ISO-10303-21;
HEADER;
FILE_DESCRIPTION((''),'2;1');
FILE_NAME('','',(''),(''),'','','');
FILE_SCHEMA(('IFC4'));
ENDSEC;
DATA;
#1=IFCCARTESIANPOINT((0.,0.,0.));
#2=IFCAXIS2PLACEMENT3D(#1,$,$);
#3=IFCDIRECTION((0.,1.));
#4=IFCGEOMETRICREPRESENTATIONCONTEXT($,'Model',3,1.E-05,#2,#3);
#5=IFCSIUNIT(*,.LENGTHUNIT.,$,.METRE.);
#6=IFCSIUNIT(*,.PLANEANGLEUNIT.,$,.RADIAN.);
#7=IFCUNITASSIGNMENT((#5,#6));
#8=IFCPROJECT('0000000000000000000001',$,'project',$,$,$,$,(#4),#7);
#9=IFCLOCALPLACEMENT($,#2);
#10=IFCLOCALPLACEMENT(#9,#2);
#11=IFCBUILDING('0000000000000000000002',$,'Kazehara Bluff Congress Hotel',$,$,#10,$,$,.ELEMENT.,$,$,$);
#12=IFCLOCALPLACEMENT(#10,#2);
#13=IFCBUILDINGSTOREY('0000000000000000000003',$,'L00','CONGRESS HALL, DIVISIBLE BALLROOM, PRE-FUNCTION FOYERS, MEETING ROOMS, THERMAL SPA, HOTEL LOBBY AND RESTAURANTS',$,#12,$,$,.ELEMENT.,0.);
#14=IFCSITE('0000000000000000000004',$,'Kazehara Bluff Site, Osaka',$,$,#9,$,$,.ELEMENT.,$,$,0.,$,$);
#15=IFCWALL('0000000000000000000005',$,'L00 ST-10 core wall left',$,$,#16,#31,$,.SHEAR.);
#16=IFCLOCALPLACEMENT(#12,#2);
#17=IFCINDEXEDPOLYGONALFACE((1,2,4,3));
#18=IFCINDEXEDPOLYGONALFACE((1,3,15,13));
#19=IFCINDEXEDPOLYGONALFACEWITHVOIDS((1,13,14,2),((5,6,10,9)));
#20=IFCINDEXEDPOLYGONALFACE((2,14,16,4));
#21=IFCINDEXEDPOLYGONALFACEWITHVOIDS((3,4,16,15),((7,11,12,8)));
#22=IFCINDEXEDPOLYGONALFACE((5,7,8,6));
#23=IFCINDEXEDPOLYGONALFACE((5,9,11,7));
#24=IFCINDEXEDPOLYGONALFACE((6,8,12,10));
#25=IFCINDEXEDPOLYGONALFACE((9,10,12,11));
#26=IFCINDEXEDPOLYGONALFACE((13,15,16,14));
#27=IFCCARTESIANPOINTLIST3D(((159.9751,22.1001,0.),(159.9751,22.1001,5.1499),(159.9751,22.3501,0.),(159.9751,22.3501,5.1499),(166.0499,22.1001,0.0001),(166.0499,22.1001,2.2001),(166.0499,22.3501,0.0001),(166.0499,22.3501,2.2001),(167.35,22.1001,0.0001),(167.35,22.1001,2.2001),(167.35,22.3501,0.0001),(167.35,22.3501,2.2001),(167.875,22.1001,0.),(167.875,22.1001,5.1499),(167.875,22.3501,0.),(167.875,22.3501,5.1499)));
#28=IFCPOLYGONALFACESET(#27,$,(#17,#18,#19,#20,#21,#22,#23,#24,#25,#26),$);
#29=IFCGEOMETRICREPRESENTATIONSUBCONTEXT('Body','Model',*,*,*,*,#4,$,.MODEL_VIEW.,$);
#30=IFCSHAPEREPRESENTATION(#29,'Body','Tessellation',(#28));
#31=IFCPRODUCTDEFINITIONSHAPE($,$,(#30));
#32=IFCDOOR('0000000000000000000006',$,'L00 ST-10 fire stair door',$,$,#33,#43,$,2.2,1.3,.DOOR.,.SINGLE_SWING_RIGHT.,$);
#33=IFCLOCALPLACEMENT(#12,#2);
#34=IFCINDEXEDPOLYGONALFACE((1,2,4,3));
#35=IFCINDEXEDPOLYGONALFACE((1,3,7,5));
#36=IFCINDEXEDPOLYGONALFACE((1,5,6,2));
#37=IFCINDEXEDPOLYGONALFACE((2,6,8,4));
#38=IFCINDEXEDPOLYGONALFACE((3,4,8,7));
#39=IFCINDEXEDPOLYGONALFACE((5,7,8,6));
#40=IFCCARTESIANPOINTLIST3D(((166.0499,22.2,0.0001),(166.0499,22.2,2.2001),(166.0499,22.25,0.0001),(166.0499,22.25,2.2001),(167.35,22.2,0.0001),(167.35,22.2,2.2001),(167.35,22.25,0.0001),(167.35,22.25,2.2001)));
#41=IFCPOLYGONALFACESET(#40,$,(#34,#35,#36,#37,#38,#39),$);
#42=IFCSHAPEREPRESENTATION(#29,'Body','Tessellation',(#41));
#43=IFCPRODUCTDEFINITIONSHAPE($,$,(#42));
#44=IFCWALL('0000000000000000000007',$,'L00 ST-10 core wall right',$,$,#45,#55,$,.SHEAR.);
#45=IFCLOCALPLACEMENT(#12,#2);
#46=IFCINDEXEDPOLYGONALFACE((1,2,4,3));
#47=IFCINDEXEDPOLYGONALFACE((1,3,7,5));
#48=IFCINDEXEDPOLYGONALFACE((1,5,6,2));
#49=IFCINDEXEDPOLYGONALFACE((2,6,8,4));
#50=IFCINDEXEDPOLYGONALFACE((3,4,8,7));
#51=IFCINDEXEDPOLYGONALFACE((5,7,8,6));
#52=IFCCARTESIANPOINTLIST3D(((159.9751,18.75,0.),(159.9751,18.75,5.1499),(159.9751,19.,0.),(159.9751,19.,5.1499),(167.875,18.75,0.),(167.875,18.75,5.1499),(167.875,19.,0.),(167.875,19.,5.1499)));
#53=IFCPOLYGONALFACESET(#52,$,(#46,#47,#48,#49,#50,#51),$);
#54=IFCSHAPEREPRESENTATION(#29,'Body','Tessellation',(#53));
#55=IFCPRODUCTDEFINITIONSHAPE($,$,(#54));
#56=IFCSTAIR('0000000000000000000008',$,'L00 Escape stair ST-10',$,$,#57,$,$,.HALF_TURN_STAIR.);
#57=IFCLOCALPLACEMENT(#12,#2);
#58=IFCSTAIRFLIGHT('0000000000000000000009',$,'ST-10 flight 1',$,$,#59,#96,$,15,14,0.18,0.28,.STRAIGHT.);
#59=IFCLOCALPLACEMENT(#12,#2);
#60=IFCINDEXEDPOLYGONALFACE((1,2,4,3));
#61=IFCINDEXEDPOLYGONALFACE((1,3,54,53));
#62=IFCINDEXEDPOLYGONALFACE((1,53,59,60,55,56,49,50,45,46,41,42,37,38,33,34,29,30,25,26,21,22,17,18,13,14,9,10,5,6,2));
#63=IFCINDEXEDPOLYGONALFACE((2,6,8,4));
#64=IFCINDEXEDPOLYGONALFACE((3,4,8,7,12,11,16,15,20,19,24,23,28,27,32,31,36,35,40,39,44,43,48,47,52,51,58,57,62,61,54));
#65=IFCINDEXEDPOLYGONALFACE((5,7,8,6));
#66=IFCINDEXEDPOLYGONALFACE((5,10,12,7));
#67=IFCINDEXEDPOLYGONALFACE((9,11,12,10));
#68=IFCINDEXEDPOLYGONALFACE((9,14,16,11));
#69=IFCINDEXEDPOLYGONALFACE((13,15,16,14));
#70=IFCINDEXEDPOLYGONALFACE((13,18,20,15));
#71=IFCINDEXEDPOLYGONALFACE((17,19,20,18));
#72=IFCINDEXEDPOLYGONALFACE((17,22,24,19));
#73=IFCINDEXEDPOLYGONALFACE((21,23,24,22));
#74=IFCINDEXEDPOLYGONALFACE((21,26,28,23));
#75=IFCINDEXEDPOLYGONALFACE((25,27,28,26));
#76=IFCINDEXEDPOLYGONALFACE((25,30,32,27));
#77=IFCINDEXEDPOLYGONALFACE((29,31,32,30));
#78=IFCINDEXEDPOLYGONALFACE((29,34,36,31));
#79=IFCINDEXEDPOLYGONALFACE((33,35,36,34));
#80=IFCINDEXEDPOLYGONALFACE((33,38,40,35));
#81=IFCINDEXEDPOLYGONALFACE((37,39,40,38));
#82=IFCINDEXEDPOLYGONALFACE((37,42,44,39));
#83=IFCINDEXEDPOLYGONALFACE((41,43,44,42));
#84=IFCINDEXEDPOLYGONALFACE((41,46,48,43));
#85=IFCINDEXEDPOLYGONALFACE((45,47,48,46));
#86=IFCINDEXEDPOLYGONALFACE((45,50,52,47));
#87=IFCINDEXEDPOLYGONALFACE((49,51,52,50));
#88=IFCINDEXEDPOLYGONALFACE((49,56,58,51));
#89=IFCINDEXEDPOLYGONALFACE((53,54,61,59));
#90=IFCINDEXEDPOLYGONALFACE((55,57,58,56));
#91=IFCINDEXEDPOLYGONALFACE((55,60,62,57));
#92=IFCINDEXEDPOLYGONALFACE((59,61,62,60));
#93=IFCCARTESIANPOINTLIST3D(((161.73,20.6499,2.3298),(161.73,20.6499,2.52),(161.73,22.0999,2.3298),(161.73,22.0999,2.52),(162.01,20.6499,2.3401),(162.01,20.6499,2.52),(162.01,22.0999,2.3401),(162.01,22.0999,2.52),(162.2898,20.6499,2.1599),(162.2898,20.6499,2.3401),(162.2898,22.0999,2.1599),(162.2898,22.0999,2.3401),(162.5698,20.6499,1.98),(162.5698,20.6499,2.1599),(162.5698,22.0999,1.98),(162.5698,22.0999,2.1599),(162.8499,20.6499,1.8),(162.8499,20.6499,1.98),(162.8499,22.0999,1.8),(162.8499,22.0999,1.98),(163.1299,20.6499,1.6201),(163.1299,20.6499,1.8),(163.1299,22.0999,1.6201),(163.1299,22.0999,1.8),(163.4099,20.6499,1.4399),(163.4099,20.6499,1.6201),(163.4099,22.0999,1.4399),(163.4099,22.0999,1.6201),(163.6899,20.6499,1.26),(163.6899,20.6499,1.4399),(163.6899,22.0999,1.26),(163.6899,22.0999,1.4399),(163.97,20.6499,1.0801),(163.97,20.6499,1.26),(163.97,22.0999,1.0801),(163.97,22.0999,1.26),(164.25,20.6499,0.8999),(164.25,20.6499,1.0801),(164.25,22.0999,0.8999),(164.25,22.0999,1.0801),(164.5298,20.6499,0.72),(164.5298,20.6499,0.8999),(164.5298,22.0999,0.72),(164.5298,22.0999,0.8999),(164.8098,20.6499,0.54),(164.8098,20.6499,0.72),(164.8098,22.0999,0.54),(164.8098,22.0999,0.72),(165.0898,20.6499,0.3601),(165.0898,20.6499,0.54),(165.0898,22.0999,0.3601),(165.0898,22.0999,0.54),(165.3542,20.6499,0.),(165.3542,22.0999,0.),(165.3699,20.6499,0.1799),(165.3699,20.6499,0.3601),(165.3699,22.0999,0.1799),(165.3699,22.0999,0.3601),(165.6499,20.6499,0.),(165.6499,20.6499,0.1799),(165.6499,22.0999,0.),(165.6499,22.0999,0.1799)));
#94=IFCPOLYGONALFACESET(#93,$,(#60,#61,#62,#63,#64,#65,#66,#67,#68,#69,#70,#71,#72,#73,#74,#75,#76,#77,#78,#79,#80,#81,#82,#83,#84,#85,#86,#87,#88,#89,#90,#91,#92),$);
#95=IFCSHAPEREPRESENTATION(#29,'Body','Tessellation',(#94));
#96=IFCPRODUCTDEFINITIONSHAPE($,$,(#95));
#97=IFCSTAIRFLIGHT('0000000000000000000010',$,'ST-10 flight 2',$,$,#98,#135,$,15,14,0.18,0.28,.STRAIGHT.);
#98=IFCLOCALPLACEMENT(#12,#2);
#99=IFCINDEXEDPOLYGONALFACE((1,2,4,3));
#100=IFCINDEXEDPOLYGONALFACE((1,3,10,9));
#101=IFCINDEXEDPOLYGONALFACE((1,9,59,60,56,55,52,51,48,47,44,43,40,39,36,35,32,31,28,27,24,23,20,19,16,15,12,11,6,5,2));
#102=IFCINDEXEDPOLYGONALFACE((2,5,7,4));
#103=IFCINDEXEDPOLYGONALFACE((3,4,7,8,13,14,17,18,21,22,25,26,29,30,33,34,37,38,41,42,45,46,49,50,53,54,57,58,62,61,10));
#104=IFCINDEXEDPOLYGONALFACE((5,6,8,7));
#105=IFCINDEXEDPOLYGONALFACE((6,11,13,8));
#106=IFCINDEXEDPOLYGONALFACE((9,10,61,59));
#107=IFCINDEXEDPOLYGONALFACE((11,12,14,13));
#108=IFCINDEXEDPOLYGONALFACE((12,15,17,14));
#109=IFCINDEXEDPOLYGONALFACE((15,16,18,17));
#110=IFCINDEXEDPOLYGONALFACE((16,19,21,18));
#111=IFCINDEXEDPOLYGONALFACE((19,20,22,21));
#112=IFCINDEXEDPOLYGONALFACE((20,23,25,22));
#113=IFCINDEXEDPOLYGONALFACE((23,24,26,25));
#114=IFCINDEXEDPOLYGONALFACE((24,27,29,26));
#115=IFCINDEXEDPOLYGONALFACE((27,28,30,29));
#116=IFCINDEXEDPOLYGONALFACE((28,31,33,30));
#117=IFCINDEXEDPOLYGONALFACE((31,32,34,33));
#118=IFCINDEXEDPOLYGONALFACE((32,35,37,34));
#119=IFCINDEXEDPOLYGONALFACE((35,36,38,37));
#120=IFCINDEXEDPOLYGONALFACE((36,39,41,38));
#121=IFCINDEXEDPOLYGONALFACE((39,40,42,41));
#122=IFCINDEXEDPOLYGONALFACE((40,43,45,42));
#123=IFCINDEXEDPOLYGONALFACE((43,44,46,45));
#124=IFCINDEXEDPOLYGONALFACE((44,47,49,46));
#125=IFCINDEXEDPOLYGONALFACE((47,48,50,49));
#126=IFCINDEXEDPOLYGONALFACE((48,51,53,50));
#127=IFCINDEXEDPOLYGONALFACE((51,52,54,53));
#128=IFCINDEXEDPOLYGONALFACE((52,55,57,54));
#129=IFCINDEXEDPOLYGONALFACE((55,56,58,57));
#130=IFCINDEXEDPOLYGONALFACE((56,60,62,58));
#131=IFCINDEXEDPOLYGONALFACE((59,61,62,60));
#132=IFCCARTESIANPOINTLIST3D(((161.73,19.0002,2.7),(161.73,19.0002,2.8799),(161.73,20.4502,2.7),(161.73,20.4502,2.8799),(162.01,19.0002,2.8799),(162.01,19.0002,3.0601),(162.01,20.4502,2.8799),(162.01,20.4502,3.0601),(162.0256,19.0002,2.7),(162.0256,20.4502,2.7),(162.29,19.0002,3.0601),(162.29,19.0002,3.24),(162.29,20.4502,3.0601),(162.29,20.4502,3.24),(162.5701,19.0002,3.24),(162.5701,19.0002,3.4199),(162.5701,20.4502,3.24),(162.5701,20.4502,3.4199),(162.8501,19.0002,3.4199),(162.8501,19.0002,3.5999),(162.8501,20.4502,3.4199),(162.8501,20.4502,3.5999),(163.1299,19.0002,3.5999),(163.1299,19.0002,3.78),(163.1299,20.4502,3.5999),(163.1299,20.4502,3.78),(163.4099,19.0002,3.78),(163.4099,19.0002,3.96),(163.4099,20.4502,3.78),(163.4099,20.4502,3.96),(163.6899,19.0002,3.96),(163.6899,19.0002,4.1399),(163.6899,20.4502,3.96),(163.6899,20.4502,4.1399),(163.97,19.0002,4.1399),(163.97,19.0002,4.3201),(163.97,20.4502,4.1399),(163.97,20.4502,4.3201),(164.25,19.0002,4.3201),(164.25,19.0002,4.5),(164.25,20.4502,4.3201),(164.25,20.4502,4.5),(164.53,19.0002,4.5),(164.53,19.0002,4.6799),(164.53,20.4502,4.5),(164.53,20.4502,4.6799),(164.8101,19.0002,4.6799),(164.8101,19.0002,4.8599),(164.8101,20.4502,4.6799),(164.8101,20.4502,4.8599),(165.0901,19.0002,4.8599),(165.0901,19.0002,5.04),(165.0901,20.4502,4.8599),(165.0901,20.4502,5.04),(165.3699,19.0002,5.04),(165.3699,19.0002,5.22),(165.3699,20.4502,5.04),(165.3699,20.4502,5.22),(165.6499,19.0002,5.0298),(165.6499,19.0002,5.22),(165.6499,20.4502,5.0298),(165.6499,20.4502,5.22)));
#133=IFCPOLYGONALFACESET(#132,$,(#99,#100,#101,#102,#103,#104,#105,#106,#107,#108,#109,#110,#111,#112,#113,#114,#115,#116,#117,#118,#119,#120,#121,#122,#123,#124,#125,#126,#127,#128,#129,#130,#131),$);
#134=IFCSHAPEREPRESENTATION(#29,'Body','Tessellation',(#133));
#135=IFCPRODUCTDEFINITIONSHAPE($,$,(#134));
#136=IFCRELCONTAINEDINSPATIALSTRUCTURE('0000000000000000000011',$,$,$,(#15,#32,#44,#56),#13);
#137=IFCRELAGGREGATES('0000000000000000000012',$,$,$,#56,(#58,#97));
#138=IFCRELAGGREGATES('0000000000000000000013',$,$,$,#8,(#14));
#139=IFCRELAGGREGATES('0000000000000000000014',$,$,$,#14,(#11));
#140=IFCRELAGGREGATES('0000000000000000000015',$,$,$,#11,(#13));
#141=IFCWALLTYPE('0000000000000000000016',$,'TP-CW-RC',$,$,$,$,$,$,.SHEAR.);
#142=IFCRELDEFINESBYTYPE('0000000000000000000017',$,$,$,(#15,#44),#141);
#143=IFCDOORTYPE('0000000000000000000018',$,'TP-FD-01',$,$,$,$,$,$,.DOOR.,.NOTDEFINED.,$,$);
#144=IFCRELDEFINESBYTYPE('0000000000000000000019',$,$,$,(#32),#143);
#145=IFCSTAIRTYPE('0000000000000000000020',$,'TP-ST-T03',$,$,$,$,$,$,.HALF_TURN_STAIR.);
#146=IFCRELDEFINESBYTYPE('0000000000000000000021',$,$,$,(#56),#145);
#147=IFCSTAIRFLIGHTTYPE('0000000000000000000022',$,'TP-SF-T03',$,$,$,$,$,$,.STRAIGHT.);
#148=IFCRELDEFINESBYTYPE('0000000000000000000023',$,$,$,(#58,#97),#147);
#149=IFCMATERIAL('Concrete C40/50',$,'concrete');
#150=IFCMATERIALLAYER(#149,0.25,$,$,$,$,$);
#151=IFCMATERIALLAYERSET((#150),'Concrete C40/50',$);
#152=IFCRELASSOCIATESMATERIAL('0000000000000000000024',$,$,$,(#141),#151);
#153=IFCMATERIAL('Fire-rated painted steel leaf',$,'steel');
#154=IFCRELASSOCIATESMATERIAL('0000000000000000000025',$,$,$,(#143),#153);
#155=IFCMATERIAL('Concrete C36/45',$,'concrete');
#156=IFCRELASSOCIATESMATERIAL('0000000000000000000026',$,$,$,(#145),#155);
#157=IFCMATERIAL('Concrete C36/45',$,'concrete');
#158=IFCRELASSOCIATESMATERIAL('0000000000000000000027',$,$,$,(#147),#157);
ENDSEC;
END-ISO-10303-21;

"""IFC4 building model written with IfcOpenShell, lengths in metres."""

from ifc_helpers import new_model, si_unit, direction, frame, frame_2d, origin, place, context, subcontext, project, spatial, polyline, rectangle, outline, extrude, material, layer, layer_set, type_object, element, fill, aggregate, save


model = new_model("IFC4")

# Units and contexts
model_context = context("Model", 3, precision=1e-05, world=origin(), true_north=direction((0.0, 1.0)))
body_context = subcontext(model_context, "Body", "Model", "MODEL_VIEW")
ifc_project = project(units=[si_unit("LENGTHUNIT", "METRE"), si_unit("PLANEANGLEUNIT", "RADIAN")], contexts=[model_context])

# Site, building, storey
site_placement = place(None, origin())
site = spatial("IfcSite", under=ifc_project, at=site_placement, Name="Kazehara Bluff Site, Osaka", CompositionType="ELEMENT", RefElevation=0.0)
building_placement = place(site_placement, origin())
building = spatial("IfcBuilding", under=site, at=building_placement, Name="Kazehara Bluff Congress Hotel", CompositionType="ELEMENT")
storey_placement = place(building_placement, origin())
storey = spatial("IfcBuildingStorey", under=building, at=storey_placement, Name="L00", Description="CONGRESS HALL, DIVISIBLE BALLROOM, PRE-FUNCTION FOYERS, MEETING ROOMS, THERMAL SPA, HOTEL LOBBY AND RESTAURANTS", CompositionType="ELEMENT", Elevation=0.0)

# Shared definitions
ifc_material_1 = material(Name="Concrete C40/50", Category="concrete")
ifc_layer_1 = layer(ifc_material_1, 0.25)
ifc_layer_set_1 = layer_set([ifc_layer_1], Name="Concrete C40/50")
wall_type = type_object("IfcWallType", Name="TP-CW-RC", PredefinedType="SHEAR", material=ifc_layer_set_1)

# Wall, opening, door
wall_1_placement = place(storey_placement, frame((159.9751, 22.2251, 0.0), z_axis=(0.0, 0.0, 1.0), x_axis=(1.0, 0.0, 0.0)))
wall_1 = element("IfcWall", 1, at=wall_1_placement, inside=storey, type_object=wall_type, Name="L00 ST-10 core wall left", PredefinedType="SHEAR", context=body_context, shape_type="SweptSolid", body=[
    extrude(rectangle(XDim=7.8999, YDim=0.25, at=frame_2d((3.95, 0.0))), origin(), (0.0, 0.0, 1.0), 5.1499),
])
opening_1_placement = place(wall_1_placement, frame((6.075, 0.0, 0.0)))
opening_1 = element("IfcOpeningElement", 2, at=opening_1_placement, cuts=wall_1, PredefinedType="OPENING", context=body_context, shape_type="SweptSolid", body=[
    extrude(rectangle(XDim=1.3, YDim=2.2, at=frame_2d((0.6499, 1.1001))), frame((0.0, 0.135, 0.0), z_axis=(0.0, -1.0, 0.0), x_axis=(1.0, 0.0, 0.0)), (0.0, 0.0, 1.0), 0.27),
])
ifc_material_2 = material(Name="Fire-rated painted steel leaf", Category="steel")
door_type_1 = type_object("IfcDoorType", Name="TP-FD-01", OperationType="NOTDEFINED", PredefinedType="DOOR", material=ifc_material_2)
door_1_placement = place(opening_1_placement, origin())
door_1 = element("IfcDoor", 3, at=door_1_placement, inside=storey, type_object=door_type_1, Name="L00 ST-10 fire stair door", OperationType="SINGLE_SWING_RIGHT", OverallHeight=2.2, OverallWidth=1.3, PredefinedType="DOOR", context=body_context, shape_type="SweptSolid", body=[
    extrude(rectangle(XDim=1.3, YDim=2.2, at=frame_2d((0.6499, 1.1001))), frame((0.0, 0.0249, 0.0), z_axis=(0.0, -1.0, 0.0), x_axis=(1.0, 0.0, 0.0)), (0.0, 0.0, 1.0), 0.05),
])
fill(opening_1, door_1)

# Wall
wall_2_placement = place(storey_placement, frame((167.875, 18.875, 0.0), z_axis=(0.0, 0.0, 1.0), x_axis=(-1.0, 0.0, 0.0)))
element("IfcWall", 4, at=wall_2_placement, inside=storey, type_object=wall_type, Name="L00 ST-10 core wall right", PredefinedType="SHEAR", context=body_context, shape_type="SweptSolid", body=[
    extrude(rectangle(XDim=7.8999, YDim=0.25, at=frame_2d((3.95, 0.0))), origin(), (0.0, 0.0, 1.0), 5.1499),
])

# Stair, stair flights
ifc_material_3 = material(Name="Concrete C36/45", Category="concrete")
stair_type = type_object("IfcStairType", Name="TP-ST-T03", PredefinedType="HALF_TURN_STAIR", material=ifc_material_3)
stair_placement = place(storey_placement, origin())
stair = element("IfcStair", 5, at=stair_placement, inside=storey, type_object=stair_type, Name="L00 Escape stair ST-10", PredefinedType="HALF_TURN_STAIR")
ifc_material_4 = material(Name="Concrete C36/45", Category="concrete")
stair_flight_type = type_object("IfcStairFlightType", Name="TP-SF-T03", PredefinedType="STRAIGHT", material=ifc_material_4)
stair_flight_1_placement = place(storey_placement, frame((165.6499, 21.375, 0.0), z_axis=(0.0, 0.0, 1.0), x_axis=(-1.0, 0.0, 0.0)))
stair_flight_1 = element("IfcStairFlight", 6, at=stair_flight_1_placement, type_object=stair_flight_type, Name="ST-10 flight 1", NumberOfRisers=15, NumberOfTreads=14, PredefinedType="STRAIGHT", RiserHeight=0.18, TreadLength=0.28, context=body_context, shape_type="SweptSolid", body=[
    extrude(outline(polyline([(0.0, 0.0), (0.0, 0.1799), (0.28, 0.1799), (0.28, 0.3601), (0.5601, 0.3601), (0.5601, 0.54), (0.8401, 0.54), (0.8401, 0.72), (1.1201, 0.72), (1.1201, 0.8999), (1.3999, 0.8999), (1.3999, 1.0801), (1.6799, 1.0801), (1.6799, 1.26), (1.96, 1.26), (1.96, 1.4399), (2.24, 1.4399), (2.24, 1.6201), (2.52, 1.6201), (2.52, 1.8), (2.8, 1.8), (2.8, 1.98), (3.0801, 1.98), (3.0801, 2.1599), (3.3601, 2.1599), (3.3601, 2.3401), (3.6399, 2.3401), (3.6399, 2.52), (3.9199, 2.52), (3.9199, 2.7), (3.9199, 2.3298), (0.2957, 0.0), (0.0, 0.0)])), frame((0.0, 0.7251, 0.0), z_axis=(0.0, -1.0, 0.0), x_axis=(1.0, 0.0, 0.0)), (0.0, 0.0, 1.0), 1.45),
])
stair_flight_2_placement = place(storey_placement, frame((161.73, 19.7251, 2.7), z_axis=(0.0, 0.0, 1.0), x_axis=(1.0, 0.0, 0.0)))
stair_flight_2 = element("IfcStairFlight", 7, at=stair_flight_2_placement, type_object=stair_flight_type, Name="ST-10 flight 2", NumberOfRisers=15, NumberOfTreads=14, PredefinedType="STRAIGHT", RiserHeight=0.18, TreadLength=0.28, context=body_context, shape_type="SweptSolid", body=[
    extrude(outline(polyline([(0.0, 0.0), (0.0, 0.1799), (0.28, 0.1799), (0.28, 0.3601), (0.5601, 0.3601), (0.5601, 0.54), (0.8401, 0.54), (0.8401, 0.72), (1.1201, 0.72), (1.1201, 0.8999), (1.3999, 0.8999), (1.3999, 1.0801), (1.6799, 1.0801), (1.6799, 1.26), (1.96, 1.26), (1.96, 1.4399), (2.24, 1.4399), (2.24, 1.6201), (2.52, 1.6201), (2.52, 1.8), (2.8, 1.8), (2.8, 1.98), (3.0801, 1.98), (3.0801, 2.1599), (3.3601, 2.1599), (3.3601, 2.3401), (3.6399, 2.3401), (3.6399, 2.52), (3.9199, 2.52), (3.9199, 2.7), (3.9199, 2.3298), (0.2957, 0.0), (0.0, 0.0)])), frame((0.0, 0.7251, 0.0), z_axis=(0.0, -1.0, 0.0), x_axis=(1.0, 0.0, 0.0)), (0.0, 0.0, 1.0), 1.45),
])
aggregate(stair, [stair_flight_1, stair_flight_2])

save(model, "model.ifc")
